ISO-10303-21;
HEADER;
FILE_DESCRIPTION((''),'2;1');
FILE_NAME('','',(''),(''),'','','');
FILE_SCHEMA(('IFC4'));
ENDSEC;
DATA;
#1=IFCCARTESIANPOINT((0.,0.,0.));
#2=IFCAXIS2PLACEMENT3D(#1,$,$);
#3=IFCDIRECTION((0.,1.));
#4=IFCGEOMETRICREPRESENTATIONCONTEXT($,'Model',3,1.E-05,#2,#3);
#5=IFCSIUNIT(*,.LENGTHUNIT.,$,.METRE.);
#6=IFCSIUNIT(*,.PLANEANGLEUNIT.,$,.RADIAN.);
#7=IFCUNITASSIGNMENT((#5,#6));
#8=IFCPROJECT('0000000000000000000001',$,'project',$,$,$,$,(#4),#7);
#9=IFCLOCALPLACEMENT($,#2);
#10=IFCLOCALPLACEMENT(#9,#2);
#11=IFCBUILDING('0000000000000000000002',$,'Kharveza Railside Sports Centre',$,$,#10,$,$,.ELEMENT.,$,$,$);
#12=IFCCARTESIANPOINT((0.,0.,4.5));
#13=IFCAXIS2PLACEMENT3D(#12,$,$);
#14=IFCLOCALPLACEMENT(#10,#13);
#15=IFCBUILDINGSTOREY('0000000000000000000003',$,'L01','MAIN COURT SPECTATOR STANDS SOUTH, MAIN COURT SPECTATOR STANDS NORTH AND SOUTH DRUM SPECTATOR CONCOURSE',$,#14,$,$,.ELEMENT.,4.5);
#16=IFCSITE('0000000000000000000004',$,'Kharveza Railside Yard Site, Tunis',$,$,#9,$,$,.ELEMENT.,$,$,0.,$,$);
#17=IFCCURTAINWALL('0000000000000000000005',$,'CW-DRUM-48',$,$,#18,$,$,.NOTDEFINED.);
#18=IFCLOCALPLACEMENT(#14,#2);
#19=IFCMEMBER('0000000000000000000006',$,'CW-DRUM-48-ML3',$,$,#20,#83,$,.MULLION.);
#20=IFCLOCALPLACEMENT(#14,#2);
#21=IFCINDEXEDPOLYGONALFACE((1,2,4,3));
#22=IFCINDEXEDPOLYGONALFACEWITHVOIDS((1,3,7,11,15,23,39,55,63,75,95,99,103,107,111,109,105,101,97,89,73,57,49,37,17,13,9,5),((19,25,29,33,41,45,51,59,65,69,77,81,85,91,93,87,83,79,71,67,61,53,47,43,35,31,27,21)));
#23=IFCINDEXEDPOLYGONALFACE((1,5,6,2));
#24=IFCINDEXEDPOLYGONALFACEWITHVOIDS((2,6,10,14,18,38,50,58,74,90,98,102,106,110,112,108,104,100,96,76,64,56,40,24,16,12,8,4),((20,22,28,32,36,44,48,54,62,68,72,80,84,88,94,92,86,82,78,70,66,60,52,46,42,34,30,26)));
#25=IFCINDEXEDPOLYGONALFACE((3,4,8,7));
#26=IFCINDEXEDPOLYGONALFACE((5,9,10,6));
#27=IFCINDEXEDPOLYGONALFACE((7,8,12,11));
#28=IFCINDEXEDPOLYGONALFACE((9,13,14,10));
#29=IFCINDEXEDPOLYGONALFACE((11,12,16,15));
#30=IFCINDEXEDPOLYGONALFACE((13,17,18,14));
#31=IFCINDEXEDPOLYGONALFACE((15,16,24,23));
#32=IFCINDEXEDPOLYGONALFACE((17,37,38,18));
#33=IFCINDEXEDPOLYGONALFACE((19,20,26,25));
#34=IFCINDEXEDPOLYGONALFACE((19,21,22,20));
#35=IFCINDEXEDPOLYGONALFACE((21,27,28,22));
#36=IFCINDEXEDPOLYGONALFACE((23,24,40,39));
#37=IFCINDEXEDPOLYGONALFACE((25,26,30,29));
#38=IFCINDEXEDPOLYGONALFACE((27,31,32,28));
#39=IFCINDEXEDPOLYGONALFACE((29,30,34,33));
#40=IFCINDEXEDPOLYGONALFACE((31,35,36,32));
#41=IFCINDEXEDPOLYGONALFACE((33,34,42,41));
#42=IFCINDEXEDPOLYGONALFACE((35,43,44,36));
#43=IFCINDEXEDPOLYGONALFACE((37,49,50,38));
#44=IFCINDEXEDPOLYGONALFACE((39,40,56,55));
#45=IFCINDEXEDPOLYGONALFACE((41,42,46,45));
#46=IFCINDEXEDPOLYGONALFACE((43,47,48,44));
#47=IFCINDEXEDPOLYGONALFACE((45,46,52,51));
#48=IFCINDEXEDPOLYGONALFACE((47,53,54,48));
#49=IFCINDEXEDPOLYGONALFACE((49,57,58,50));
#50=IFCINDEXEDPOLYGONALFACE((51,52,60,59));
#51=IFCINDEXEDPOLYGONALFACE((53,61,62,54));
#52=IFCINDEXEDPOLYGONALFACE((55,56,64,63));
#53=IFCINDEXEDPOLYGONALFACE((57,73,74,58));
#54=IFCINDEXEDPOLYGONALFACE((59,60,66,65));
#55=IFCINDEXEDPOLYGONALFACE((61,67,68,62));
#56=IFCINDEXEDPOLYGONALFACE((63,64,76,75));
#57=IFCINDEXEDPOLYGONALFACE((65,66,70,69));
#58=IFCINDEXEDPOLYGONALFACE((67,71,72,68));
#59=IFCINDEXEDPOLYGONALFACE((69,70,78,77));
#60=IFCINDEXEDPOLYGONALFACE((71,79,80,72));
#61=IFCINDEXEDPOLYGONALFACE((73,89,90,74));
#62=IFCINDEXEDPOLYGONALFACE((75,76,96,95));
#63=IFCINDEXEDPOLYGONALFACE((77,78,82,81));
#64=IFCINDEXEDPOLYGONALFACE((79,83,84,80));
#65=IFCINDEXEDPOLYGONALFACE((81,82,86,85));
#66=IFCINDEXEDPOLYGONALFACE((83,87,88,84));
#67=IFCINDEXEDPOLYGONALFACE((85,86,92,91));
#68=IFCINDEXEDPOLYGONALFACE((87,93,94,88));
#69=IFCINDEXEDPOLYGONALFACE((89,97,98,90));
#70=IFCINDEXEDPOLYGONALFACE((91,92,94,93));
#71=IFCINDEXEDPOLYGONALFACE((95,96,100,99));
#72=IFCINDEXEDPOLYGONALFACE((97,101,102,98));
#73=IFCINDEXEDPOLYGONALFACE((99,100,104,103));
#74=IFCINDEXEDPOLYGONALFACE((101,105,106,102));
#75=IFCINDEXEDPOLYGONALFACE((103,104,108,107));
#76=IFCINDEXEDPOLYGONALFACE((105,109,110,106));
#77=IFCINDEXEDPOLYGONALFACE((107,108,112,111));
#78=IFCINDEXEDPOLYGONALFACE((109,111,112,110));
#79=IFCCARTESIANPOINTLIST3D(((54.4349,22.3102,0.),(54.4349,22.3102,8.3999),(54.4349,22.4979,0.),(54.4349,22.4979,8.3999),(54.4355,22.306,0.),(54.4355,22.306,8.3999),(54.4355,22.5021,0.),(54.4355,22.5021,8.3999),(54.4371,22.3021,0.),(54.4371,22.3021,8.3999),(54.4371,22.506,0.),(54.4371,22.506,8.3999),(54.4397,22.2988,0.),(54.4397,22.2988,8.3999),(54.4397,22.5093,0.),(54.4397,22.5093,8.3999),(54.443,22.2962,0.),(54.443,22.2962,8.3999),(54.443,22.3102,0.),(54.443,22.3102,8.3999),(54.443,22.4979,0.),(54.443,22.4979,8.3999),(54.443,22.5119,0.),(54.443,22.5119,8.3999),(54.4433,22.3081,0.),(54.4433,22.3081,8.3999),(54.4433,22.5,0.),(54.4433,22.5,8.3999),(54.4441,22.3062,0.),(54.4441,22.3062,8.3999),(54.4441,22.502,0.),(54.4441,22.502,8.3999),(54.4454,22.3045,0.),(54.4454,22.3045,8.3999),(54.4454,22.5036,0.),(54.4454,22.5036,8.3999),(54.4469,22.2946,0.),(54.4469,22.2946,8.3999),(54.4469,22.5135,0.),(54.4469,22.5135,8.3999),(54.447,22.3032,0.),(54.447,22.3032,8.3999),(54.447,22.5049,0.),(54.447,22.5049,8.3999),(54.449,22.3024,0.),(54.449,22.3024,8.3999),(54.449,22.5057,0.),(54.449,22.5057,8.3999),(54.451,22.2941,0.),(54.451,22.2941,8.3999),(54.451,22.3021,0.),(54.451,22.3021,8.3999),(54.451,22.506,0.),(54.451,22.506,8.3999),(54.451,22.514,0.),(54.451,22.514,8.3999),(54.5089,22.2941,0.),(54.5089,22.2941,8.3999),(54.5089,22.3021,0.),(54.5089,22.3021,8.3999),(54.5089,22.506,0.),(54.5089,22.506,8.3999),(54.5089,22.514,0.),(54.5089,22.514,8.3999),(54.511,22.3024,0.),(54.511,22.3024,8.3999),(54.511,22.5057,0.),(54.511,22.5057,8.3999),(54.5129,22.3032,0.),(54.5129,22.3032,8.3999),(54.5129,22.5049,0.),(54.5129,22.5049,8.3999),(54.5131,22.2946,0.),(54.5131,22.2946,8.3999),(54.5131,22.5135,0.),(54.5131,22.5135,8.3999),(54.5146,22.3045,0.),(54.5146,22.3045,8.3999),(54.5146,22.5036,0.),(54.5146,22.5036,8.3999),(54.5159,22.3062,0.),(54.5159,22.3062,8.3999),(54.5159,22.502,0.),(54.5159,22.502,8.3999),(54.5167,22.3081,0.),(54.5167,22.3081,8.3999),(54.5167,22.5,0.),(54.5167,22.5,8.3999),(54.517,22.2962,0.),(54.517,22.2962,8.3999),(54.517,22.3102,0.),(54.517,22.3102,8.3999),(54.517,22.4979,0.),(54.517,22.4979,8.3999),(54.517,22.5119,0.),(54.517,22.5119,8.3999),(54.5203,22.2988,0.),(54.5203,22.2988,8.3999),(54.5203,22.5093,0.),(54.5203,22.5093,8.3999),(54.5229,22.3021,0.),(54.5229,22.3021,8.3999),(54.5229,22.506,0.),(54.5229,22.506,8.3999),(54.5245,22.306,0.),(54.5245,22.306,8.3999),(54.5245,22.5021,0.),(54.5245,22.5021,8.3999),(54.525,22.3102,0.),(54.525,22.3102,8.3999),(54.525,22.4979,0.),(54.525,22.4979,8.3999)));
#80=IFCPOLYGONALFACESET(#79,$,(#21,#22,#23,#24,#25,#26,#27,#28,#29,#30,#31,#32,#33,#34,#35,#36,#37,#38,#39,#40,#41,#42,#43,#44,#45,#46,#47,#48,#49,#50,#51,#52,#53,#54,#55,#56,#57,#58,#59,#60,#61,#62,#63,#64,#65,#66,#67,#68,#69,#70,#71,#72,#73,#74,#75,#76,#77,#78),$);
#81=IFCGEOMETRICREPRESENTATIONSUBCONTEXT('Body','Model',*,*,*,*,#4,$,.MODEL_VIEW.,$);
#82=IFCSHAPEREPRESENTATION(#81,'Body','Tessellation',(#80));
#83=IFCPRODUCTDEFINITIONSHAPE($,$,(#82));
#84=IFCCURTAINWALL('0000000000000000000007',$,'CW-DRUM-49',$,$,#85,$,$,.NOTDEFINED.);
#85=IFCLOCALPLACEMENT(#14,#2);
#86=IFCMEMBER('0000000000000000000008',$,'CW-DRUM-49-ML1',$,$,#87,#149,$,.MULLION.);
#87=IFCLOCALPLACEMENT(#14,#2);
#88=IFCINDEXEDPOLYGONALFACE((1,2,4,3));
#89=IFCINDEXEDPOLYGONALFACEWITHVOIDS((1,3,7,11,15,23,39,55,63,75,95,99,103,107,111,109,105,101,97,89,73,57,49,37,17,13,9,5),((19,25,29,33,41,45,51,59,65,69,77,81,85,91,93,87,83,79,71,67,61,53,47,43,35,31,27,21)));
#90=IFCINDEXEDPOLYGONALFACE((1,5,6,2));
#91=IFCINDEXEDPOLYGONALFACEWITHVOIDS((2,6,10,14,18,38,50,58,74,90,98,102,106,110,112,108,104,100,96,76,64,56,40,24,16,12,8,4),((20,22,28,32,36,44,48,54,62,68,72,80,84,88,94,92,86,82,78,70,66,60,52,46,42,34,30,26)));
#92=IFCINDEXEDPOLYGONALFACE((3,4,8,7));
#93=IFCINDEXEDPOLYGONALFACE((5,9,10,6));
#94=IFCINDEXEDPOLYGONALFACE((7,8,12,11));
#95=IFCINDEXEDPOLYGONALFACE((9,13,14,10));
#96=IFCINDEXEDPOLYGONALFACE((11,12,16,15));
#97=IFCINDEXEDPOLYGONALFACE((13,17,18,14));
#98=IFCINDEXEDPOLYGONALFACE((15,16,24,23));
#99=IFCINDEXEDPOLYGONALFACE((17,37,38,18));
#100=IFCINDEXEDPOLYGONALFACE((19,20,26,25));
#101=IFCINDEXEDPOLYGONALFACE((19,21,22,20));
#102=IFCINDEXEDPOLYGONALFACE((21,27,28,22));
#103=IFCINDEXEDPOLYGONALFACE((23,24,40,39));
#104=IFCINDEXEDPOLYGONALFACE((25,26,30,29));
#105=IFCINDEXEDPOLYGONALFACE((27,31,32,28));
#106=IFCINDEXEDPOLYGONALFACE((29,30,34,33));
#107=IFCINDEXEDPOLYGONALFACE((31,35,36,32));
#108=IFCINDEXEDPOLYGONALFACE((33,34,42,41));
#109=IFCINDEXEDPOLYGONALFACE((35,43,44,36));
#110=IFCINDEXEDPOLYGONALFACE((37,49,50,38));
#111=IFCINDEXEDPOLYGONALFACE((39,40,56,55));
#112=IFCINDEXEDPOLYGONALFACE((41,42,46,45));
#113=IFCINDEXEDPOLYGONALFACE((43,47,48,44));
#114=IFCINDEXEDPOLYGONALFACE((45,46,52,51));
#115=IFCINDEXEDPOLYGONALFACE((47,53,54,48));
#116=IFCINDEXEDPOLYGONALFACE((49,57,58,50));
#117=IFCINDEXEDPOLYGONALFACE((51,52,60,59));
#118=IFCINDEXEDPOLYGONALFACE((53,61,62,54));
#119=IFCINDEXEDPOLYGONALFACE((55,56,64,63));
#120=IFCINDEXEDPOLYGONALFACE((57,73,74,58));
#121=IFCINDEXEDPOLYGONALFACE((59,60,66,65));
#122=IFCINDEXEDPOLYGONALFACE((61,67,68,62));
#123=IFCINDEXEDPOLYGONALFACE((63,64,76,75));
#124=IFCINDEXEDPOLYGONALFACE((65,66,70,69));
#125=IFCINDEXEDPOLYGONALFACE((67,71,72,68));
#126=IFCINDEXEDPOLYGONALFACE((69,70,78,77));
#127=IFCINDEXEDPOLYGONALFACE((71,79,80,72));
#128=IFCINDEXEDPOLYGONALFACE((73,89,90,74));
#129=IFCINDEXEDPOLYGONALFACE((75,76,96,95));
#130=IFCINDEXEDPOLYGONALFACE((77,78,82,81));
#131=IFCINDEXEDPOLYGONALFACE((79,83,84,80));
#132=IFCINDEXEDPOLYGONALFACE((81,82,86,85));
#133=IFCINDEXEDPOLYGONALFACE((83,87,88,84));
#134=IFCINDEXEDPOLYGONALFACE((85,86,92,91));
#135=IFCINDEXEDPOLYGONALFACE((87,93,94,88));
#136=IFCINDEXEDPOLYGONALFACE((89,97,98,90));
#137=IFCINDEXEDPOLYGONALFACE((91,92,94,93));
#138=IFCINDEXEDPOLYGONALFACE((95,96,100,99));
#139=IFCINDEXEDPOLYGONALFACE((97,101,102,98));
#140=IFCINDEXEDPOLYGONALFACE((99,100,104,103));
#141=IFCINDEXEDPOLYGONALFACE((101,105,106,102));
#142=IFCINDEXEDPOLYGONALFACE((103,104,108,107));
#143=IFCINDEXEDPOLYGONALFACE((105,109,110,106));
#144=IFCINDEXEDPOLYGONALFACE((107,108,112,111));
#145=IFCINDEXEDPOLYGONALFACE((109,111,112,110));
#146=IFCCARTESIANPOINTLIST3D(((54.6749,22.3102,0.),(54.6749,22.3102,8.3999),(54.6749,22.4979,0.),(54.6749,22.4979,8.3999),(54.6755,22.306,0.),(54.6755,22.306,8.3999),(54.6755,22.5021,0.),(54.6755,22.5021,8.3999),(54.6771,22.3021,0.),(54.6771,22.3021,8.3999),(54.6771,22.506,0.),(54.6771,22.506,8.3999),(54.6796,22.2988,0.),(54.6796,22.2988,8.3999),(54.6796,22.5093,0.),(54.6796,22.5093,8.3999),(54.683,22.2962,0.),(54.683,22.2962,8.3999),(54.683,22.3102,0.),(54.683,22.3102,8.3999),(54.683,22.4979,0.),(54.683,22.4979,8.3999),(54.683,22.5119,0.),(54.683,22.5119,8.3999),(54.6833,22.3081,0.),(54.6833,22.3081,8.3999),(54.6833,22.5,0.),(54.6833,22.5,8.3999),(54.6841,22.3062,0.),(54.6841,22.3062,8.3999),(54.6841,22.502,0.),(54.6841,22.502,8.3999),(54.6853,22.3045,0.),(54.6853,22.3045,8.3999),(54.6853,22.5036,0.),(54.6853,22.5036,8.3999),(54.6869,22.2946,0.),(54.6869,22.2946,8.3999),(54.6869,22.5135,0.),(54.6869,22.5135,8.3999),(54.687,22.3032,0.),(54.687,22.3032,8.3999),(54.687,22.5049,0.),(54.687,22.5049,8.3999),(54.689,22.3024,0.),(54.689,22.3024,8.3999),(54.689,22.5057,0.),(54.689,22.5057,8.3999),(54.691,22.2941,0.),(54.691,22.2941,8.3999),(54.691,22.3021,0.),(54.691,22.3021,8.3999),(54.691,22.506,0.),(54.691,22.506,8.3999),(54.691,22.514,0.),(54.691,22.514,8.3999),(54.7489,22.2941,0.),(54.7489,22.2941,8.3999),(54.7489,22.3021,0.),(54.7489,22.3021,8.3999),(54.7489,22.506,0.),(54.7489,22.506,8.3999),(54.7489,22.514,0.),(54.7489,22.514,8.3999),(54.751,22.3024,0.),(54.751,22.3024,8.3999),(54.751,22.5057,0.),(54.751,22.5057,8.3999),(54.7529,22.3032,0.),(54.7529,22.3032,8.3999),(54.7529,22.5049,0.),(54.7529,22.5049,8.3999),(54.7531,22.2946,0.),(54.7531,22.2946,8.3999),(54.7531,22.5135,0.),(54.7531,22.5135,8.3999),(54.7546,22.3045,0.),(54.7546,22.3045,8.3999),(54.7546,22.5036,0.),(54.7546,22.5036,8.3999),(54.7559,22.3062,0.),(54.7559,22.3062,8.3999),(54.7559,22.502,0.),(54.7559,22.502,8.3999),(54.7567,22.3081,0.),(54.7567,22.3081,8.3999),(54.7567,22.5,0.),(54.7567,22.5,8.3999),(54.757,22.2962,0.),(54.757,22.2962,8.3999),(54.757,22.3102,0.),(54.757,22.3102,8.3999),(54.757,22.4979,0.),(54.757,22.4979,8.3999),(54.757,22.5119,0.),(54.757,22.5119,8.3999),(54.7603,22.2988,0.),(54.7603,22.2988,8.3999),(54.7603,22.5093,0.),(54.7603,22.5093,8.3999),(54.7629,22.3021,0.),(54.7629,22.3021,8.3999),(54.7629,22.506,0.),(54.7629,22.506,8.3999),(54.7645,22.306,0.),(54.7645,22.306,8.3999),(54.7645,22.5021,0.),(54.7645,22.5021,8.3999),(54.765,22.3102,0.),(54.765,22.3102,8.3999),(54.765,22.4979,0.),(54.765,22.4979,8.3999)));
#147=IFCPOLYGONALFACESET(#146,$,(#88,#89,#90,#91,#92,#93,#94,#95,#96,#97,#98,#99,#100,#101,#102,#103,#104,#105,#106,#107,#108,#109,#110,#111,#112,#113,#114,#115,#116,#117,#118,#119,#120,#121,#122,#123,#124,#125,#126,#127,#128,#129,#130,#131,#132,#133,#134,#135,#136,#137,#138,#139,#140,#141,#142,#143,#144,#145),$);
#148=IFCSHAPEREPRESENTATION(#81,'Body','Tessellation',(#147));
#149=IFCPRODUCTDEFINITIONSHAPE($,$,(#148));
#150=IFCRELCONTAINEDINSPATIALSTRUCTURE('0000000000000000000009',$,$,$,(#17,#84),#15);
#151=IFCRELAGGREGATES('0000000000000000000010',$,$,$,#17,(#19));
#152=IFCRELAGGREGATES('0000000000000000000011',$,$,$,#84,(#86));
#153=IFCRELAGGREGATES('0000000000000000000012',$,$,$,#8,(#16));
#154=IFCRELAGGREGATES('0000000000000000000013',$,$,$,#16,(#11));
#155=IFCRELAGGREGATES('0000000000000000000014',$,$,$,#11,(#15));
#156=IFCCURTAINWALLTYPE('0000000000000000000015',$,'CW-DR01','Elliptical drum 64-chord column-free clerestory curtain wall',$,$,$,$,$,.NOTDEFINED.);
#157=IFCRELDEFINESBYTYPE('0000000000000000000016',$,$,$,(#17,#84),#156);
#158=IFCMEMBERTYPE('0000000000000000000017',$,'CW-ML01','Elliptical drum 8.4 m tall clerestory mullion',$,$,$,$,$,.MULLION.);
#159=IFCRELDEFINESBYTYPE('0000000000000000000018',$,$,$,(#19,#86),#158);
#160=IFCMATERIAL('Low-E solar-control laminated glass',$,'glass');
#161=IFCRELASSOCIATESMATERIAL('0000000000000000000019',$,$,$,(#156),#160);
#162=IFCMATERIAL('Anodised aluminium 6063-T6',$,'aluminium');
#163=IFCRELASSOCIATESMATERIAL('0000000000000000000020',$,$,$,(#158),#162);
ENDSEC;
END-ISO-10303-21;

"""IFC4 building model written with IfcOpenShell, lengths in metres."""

from ifc_helpers import new_model, si_unit, direction, frame, origin, origin_2d, place, context, subcontext, project, spatial, hollow_rectangle, extrude, material, material_profile, profile_set, type_object, element, aggregate, save


model = new_model("IFC4")

# Units and contexts
model_context = context("Model", 3, precision=1e-05, world=origin(), true_north=direction((0.0, 1.0)))
body_context = subcontext(model_context, "Body", "Model", "MODEL_VIEW")
ifc_project = project(units=[si_unit("LENGTHUNIT", "METRE"), si_unit("PLANEANGLEUNIT", "RADIAN")], contexts=[model_context])

# Site, building, storey
site_placement = place(None, origin())
site = spatial("IfcSite", under=ifc_project, at=site_placement, Name="Kharveza Railside Yard Site, Tunis", CompositionType="ELEMENT", RefElevation=0.0)
building_placement = place(site_placement, origin())
building = spatial("IfcBuilding", under=site, at=building_placement, Name="Kharveza Railside Sports Centre", CompositionType="ELEMENT")
storey_placement = place(building_placement, frame((0.0, 0.0, 4.5)))
storey = spatial("IfcBuildingStorey", under=building, at=storey_placement, Name="L01", Description="MAIN COURT SPECTATOR STANDS SOUTH, MAIN COURT SPECTATOR STANDS NORTH AND SOUTH DRUM SPECTATOR CONCOURSE", CompositionType="ELEMENT", Elevation=4.5)

# Curtain wall, member
ifc_material_1 = material(Name="Low-E solar-control laminated glass", Category="glass")
curtain_wall_type = type_object("IfcCurtainWallType", Name="CW-DR01", Description="Elliptical drum 64-chord column-free clerestory curtain wall", PredefinedType="NOTDEFINED", material=ifc_material_1)
curtain_wall_1_placement = place(storey_placement, origin())
curtain_wall_1 = element("IfcCurtainWall", 1, at=curtain_wall_1_placement, inside=storey, type_object=curtain_wall_type, Name="CW-DRUM-48", PredefinedType="NOTDEFINED")
ifc_material_2 = material(Name="Anodised aluminium 6063-T6", Category="aluminium")
ifc_material_profile_1 = material_profile(ifc_material_2, hollow_rectangle(XDim=0.0901, YDim=0.22, WallThickness=0.0081, InnerFilletRadius=0.0081, OuterFilletRadius=0.0161, at=origin_2d()), Name="RHS 90x220x8.0")
ifc_profile_set_1 = profile_set([ifc_material_profile_1], Name="Anodised aluminium 6063-T6")
member_type_1 = type_object("IfcMemberType", Name="CW-ML01", Description="Elliptical drum 8.4 m tall clerestory mullion", PredefinedType="MULLION", material=ifc_profile_set_1)
member_1_placement = place(storey_placement, frame((54.48, 22.4041, 0.0), z_axis=(0.0, 0.0, 1.0), x_axis=(1.0, 0.0, 0.0)))
member_1 = element("IfcMember", 2, at=member_1_placement, type_object=member_type_1, Name="CW-DRUM-48-ML3", PredefinedType="MULLION", context=body_context, shape_type="SweptSolid", body=[
    extrude(hollow_rectangle(XDim=0.0901, YDim=0.22, WallThickness=0.0081, InnerFilletRadius=0.0081, OuterFilletRadius=0.0161, at=origin_2d()), origin(), (0.0, 0.0, 1.0), 8.3999),
])

# Curtain wall, member
curtain_wall_2_placement = place(storey_placement, origin())
curtain_wall_2 = element("IfcCurtainWall", 3, at=curtain_wall_2_placement, inside=storey, type_object=curtain_wall_type, Name="CW-DRUM-49", PredefinedType="NOTDEFINED")
member_2_placement = place(storey_placement, frame((54.72, 22.4041, 0.0), z_axis=(0.0, 0.0, 1.0), x_axis=(1.0, 0.0, 0.0)))
member_2 = element("IfcMember", 4, at=member_2_placement, type_object=member_type_1, Name="CW-DRUM-49-ML1", PredefinedType="MULLION", context=body_context, shape_type="SweptSolid", body=[
    extrude(hollow_rectangle(XDim=0.0901, YDim=0.22, WallThickness=0.0081, InnerFilletRadius=0.0081, OuterFilletRadius=0.0161, at=origin_2d()), origin(), (0.0, 0.0, 1.0), 8.3999),
])

aggregate(curtain_wall_1, [member_1])
aggregate(curtain_wall_2, [member_2])

save(model, "model.ifc")
